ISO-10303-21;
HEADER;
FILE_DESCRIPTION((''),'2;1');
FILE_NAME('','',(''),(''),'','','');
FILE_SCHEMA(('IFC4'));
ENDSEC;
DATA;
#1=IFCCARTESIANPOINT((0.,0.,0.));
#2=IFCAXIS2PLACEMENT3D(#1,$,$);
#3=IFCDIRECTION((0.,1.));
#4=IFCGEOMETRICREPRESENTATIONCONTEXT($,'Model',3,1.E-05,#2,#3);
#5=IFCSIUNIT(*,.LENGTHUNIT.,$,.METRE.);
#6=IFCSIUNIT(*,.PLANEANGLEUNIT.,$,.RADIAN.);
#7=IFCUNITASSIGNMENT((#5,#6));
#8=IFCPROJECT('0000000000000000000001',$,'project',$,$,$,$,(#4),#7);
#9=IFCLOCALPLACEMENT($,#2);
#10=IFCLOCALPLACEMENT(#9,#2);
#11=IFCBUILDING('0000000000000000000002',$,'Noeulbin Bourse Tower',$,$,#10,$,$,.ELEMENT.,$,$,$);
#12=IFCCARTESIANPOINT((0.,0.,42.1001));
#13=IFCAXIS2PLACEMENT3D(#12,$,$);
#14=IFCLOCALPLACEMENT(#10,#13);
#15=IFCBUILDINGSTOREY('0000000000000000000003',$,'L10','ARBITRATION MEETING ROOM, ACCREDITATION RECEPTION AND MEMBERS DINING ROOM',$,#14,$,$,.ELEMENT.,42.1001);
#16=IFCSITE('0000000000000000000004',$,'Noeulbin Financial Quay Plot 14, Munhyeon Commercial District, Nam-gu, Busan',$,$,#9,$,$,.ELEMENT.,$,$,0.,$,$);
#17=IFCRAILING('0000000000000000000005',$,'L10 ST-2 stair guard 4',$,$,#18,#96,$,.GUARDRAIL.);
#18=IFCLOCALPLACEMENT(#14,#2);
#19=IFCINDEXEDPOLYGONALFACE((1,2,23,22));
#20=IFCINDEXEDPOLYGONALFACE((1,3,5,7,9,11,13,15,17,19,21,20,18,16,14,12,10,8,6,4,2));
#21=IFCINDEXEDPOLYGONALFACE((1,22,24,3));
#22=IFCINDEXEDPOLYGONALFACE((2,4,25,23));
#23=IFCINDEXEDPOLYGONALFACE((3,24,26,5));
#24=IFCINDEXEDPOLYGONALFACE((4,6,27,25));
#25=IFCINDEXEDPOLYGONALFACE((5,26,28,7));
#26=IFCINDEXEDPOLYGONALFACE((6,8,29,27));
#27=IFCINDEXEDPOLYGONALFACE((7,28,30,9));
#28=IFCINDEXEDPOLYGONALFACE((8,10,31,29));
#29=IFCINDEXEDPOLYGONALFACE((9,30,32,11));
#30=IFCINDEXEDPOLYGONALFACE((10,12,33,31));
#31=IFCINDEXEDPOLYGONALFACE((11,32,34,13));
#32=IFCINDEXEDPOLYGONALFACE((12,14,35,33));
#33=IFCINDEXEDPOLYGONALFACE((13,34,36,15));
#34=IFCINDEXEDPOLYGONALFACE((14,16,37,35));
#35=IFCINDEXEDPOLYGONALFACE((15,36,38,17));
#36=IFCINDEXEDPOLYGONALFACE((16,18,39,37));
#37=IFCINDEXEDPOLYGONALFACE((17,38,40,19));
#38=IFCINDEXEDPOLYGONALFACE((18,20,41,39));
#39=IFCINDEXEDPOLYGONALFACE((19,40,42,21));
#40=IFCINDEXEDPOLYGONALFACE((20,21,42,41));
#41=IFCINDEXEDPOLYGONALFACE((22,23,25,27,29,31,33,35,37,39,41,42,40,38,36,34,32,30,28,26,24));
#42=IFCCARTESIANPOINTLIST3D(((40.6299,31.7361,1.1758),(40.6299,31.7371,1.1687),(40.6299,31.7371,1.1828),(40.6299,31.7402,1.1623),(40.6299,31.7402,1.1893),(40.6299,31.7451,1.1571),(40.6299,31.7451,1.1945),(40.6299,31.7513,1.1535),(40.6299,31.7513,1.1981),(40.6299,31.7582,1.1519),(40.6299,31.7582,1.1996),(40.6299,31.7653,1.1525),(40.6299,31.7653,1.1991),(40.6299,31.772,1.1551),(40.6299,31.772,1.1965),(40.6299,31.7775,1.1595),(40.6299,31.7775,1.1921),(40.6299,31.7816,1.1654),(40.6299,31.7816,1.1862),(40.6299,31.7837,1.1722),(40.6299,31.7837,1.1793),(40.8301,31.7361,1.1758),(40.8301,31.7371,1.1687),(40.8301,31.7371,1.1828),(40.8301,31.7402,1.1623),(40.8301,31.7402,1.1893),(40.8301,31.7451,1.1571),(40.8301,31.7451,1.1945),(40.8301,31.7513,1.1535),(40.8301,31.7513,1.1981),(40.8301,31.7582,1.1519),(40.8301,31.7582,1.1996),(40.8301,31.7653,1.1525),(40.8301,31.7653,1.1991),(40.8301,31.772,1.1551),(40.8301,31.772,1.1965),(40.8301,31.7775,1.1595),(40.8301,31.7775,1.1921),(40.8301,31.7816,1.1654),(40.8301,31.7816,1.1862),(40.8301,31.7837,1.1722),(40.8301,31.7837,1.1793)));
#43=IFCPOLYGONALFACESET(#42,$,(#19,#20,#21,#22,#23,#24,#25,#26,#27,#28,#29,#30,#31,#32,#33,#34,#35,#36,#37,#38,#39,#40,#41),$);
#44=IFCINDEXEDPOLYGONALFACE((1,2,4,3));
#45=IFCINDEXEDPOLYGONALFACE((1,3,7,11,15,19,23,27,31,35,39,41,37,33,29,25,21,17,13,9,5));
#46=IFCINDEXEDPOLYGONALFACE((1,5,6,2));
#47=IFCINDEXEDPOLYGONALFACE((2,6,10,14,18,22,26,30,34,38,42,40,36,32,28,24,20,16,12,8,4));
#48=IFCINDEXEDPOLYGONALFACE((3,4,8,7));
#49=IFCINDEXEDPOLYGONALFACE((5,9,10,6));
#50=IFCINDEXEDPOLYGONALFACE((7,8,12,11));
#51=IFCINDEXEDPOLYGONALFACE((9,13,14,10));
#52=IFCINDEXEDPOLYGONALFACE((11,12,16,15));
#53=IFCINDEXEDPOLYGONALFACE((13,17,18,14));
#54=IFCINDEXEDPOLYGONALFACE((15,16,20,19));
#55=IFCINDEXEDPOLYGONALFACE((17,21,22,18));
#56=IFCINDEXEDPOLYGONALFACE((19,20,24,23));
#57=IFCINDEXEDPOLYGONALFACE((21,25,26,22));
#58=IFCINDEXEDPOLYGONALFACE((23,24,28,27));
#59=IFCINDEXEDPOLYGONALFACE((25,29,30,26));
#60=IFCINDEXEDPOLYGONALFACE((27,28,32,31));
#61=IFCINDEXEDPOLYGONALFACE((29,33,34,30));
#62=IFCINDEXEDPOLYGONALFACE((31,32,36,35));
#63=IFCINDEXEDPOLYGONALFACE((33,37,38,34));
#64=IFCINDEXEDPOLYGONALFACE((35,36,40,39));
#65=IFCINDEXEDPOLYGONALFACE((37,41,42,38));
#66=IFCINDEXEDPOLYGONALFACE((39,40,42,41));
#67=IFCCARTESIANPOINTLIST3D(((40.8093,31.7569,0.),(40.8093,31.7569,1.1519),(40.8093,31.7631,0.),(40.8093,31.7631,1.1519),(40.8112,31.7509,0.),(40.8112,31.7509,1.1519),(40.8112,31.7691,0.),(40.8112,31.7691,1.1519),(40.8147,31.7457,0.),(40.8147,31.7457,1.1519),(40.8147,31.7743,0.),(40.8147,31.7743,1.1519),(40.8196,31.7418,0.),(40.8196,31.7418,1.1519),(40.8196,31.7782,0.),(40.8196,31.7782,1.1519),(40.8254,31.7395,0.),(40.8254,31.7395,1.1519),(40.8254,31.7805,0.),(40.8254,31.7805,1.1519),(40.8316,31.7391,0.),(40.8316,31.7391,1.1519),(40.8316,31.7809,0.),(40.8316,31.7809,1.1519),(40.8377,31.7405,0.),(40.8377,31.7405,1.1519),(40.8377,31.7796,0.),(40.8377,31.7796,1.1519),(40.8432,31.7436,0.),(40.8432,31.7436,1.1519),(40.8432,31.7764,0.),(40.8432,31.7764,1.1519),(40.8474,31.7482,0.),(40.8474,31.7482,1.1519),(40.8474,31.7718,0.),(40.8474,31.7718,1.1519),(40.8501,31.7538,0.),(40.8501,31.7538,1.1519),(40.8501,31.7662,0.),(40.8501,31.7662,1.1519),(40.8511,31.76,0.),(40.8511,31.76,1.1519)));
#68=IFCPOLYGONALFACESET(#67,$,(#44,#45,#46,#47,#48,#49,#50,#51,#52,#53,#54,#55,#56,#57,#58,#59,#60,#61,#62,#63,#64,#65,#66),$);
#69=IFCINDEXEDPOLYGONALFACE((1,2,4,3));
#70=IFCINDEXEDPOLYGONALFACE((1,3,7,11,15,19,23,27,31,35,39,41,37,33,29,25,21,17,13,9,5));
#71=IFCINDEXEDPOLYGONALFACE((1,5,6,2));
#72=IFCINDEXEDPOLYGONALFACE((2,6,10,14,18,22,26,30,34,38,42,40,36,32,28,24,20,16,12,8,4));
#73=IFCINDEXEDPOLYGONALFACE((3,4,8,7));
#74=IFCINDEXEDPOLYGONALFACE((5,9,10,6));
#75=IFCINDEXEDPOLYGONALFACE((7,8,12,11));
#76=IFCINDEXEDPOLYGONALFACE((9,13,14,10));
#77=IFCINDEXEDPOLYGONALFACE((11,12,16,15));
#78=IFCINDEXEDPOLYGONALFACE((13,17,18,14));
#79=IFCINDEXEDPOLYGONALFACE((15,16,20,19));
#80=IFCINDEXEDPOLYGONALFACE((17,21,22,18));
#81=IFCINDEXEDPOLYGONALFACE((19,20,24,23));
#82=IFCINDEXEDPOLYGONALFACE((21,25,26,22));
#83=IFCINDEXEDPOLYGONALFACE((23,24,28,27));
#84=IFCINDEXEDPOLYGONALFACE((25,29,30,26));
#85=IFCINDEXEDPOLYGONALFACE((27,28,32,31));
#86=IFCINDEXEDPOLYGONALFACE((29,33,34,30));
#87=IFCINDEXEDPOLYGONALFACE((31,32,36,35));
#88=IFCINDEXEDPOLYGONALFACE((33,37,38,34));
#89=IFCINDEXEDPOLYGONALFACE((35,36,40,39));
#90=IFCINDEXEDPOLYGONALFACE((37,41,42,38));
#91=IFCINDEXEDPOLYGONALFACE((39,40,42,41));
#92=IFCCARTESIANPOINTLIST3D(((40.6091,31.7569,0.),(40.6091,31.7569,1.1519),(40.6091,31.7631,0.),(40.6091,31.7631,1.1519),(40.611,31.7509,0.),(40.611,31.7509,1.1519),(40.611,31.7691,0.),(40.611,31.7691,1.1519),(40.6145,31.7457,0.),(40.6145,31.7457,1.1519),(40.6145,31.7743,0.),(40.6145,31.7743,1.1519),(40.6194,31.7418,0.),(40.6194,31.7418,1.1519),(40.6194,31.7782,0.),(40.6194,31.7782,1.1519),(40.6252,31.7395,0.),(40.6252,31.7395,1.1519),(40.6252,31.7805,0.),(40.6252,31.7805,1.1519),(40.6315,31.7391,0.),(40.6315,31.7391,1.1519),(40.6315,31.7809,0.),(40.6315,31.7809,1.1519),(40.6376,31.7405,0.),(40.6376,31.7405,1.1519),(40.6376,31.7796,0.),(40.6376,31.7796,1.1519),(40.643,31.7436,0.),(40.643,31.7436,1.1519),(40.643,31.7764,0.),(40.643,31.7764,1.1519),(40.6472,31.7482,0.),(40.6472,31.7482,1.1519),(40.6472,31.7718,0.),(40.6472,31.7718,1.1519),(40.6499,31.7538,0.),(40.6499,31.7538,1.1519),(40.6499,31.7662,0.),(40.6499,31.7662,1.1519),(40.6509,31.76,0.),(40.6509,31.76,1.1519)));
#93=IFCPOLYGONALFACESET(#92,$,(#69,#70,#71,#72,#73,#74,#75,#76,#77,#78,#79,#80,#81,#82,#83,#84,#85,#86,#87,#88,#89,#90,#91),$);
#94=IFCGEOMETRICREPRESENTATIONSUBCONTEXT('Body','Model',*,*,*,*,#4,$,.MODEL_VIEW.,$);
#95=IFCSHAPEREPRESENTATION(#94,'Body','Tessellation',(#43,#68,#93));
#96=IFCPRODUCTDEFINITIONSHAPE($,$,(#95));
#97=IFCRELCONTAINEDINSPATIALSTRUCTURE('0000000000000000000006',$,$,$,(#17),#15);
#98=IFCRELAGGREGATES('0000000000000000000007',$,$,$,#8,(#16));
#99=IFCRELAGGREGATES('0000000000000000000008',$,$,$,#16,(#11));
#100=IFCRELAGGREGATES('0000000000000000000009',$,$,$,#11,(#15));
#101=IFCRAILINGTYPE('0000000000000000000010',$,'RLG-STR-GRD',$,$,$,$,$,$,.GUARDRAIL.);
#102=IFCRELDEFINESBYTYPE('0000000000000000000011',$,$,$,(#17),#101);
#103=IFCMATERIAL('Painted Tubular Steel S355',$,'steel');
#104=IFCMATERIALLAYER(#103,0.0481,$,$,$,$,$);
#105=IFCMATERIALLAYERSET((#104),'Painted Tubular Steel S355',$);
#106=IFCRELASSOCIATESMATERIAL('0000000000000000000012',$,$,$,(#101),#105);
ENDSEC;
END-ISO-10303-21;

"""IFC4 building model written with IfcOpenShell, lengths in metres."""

from ifc_helpers import new_model, si_unit, direction, frame, origin, origin_2d, place, context, subcontext, project, spatial, circle, extrude, material, layer, layer_set, type_object, element, save


model = new_model("IFC4")

# Units and contexts
model_context = context("Model", 3, precision=1e-05, world=origin(), true_north=direction((0.0, 1.0)))
body_context = subcontext(model_context, "Body", "Model", "MODEL_VIEW")
ifc_project = project(units=[si_unit("LENGTHUNIT", "METRE"), si_unit("PLANEANGLEUNIT", "RADIAN")], contexts=[model_context])

# Site, building, storey
site_placement = place(None, origin())
site = spatial("IfcSite", under=ifc_project, at=site_placement, Name="Noeulbin Financial Quay Plot 14, Munhyeon Commercial District, Nam-gu, Busan", CompositionType="ELEMENT", RefElevation=0.0)
building_placement = place(site_placement, origin())
building = spatial("IfcBuilding", under=site, at=building_placement, Name="Noeulbin Bourse Tower", CompositionType="ELEMENT")
storey_placement = place(building_placement, frame((0.0, 0.0, 42.1001)))
storey = spatial("IfcBuildingStorey", under=building, at=storey_placement, Name="L10", Description="ARBITRATION MEETING ROOM, ACCREDITATION RECEPTION AND MEMBERS DINING ROOM", CompositionType="ELEMENT", Elevation=42.1001)

# Railing
ifc_material_1 = material(Name="Painted Tubular Steel S355", Category="steel")
ifc_layer_1 = layer(ifc_material_1, 0.0481)
ifc_layer_set_1 = layer_set([ifc_layer_1], Name="Painted Tubular Steel S355")
railing_type_1 = type_object("IfcRailingType", Name="RLG-STR-GRD", PredefinedType="GUARDRAIL", material=ifc_layer_set_1)
railing_1_placement = place(storey_placement, frame((40.8301, 31.76, 0.0)))
element("IfcRailing", 1, at=railing_1_placement, inside=storey, type_object=railing_type_1, Name="L10 ST-2 stair guard 4", PredefinedType="GUARDRAIL", context=body_context, shape_type="SweptSolid", body=[
    extrude(circle(Radius=0.0239, at=origin_2d()), frame((0.0, 0.0, 1.1758), z_axis=(-1.0, 0.0, 0.0), x_axis=(0.0, -1.0, 0.0)), (0.0, 0.0, 1.0), 0.2002),
    extrude(circle(Radius=0.021, at=origin_2d()), origin(), (0.0, 0.0, 1.0), 1.1519),
    extrude(circle(Radius=0.021, at=origin_2d()), frame((-0.2002, 0.0, 0.0)), (0.0, 0.0, 1.0), 1.1519),
])

save(model, "model.ifc")
